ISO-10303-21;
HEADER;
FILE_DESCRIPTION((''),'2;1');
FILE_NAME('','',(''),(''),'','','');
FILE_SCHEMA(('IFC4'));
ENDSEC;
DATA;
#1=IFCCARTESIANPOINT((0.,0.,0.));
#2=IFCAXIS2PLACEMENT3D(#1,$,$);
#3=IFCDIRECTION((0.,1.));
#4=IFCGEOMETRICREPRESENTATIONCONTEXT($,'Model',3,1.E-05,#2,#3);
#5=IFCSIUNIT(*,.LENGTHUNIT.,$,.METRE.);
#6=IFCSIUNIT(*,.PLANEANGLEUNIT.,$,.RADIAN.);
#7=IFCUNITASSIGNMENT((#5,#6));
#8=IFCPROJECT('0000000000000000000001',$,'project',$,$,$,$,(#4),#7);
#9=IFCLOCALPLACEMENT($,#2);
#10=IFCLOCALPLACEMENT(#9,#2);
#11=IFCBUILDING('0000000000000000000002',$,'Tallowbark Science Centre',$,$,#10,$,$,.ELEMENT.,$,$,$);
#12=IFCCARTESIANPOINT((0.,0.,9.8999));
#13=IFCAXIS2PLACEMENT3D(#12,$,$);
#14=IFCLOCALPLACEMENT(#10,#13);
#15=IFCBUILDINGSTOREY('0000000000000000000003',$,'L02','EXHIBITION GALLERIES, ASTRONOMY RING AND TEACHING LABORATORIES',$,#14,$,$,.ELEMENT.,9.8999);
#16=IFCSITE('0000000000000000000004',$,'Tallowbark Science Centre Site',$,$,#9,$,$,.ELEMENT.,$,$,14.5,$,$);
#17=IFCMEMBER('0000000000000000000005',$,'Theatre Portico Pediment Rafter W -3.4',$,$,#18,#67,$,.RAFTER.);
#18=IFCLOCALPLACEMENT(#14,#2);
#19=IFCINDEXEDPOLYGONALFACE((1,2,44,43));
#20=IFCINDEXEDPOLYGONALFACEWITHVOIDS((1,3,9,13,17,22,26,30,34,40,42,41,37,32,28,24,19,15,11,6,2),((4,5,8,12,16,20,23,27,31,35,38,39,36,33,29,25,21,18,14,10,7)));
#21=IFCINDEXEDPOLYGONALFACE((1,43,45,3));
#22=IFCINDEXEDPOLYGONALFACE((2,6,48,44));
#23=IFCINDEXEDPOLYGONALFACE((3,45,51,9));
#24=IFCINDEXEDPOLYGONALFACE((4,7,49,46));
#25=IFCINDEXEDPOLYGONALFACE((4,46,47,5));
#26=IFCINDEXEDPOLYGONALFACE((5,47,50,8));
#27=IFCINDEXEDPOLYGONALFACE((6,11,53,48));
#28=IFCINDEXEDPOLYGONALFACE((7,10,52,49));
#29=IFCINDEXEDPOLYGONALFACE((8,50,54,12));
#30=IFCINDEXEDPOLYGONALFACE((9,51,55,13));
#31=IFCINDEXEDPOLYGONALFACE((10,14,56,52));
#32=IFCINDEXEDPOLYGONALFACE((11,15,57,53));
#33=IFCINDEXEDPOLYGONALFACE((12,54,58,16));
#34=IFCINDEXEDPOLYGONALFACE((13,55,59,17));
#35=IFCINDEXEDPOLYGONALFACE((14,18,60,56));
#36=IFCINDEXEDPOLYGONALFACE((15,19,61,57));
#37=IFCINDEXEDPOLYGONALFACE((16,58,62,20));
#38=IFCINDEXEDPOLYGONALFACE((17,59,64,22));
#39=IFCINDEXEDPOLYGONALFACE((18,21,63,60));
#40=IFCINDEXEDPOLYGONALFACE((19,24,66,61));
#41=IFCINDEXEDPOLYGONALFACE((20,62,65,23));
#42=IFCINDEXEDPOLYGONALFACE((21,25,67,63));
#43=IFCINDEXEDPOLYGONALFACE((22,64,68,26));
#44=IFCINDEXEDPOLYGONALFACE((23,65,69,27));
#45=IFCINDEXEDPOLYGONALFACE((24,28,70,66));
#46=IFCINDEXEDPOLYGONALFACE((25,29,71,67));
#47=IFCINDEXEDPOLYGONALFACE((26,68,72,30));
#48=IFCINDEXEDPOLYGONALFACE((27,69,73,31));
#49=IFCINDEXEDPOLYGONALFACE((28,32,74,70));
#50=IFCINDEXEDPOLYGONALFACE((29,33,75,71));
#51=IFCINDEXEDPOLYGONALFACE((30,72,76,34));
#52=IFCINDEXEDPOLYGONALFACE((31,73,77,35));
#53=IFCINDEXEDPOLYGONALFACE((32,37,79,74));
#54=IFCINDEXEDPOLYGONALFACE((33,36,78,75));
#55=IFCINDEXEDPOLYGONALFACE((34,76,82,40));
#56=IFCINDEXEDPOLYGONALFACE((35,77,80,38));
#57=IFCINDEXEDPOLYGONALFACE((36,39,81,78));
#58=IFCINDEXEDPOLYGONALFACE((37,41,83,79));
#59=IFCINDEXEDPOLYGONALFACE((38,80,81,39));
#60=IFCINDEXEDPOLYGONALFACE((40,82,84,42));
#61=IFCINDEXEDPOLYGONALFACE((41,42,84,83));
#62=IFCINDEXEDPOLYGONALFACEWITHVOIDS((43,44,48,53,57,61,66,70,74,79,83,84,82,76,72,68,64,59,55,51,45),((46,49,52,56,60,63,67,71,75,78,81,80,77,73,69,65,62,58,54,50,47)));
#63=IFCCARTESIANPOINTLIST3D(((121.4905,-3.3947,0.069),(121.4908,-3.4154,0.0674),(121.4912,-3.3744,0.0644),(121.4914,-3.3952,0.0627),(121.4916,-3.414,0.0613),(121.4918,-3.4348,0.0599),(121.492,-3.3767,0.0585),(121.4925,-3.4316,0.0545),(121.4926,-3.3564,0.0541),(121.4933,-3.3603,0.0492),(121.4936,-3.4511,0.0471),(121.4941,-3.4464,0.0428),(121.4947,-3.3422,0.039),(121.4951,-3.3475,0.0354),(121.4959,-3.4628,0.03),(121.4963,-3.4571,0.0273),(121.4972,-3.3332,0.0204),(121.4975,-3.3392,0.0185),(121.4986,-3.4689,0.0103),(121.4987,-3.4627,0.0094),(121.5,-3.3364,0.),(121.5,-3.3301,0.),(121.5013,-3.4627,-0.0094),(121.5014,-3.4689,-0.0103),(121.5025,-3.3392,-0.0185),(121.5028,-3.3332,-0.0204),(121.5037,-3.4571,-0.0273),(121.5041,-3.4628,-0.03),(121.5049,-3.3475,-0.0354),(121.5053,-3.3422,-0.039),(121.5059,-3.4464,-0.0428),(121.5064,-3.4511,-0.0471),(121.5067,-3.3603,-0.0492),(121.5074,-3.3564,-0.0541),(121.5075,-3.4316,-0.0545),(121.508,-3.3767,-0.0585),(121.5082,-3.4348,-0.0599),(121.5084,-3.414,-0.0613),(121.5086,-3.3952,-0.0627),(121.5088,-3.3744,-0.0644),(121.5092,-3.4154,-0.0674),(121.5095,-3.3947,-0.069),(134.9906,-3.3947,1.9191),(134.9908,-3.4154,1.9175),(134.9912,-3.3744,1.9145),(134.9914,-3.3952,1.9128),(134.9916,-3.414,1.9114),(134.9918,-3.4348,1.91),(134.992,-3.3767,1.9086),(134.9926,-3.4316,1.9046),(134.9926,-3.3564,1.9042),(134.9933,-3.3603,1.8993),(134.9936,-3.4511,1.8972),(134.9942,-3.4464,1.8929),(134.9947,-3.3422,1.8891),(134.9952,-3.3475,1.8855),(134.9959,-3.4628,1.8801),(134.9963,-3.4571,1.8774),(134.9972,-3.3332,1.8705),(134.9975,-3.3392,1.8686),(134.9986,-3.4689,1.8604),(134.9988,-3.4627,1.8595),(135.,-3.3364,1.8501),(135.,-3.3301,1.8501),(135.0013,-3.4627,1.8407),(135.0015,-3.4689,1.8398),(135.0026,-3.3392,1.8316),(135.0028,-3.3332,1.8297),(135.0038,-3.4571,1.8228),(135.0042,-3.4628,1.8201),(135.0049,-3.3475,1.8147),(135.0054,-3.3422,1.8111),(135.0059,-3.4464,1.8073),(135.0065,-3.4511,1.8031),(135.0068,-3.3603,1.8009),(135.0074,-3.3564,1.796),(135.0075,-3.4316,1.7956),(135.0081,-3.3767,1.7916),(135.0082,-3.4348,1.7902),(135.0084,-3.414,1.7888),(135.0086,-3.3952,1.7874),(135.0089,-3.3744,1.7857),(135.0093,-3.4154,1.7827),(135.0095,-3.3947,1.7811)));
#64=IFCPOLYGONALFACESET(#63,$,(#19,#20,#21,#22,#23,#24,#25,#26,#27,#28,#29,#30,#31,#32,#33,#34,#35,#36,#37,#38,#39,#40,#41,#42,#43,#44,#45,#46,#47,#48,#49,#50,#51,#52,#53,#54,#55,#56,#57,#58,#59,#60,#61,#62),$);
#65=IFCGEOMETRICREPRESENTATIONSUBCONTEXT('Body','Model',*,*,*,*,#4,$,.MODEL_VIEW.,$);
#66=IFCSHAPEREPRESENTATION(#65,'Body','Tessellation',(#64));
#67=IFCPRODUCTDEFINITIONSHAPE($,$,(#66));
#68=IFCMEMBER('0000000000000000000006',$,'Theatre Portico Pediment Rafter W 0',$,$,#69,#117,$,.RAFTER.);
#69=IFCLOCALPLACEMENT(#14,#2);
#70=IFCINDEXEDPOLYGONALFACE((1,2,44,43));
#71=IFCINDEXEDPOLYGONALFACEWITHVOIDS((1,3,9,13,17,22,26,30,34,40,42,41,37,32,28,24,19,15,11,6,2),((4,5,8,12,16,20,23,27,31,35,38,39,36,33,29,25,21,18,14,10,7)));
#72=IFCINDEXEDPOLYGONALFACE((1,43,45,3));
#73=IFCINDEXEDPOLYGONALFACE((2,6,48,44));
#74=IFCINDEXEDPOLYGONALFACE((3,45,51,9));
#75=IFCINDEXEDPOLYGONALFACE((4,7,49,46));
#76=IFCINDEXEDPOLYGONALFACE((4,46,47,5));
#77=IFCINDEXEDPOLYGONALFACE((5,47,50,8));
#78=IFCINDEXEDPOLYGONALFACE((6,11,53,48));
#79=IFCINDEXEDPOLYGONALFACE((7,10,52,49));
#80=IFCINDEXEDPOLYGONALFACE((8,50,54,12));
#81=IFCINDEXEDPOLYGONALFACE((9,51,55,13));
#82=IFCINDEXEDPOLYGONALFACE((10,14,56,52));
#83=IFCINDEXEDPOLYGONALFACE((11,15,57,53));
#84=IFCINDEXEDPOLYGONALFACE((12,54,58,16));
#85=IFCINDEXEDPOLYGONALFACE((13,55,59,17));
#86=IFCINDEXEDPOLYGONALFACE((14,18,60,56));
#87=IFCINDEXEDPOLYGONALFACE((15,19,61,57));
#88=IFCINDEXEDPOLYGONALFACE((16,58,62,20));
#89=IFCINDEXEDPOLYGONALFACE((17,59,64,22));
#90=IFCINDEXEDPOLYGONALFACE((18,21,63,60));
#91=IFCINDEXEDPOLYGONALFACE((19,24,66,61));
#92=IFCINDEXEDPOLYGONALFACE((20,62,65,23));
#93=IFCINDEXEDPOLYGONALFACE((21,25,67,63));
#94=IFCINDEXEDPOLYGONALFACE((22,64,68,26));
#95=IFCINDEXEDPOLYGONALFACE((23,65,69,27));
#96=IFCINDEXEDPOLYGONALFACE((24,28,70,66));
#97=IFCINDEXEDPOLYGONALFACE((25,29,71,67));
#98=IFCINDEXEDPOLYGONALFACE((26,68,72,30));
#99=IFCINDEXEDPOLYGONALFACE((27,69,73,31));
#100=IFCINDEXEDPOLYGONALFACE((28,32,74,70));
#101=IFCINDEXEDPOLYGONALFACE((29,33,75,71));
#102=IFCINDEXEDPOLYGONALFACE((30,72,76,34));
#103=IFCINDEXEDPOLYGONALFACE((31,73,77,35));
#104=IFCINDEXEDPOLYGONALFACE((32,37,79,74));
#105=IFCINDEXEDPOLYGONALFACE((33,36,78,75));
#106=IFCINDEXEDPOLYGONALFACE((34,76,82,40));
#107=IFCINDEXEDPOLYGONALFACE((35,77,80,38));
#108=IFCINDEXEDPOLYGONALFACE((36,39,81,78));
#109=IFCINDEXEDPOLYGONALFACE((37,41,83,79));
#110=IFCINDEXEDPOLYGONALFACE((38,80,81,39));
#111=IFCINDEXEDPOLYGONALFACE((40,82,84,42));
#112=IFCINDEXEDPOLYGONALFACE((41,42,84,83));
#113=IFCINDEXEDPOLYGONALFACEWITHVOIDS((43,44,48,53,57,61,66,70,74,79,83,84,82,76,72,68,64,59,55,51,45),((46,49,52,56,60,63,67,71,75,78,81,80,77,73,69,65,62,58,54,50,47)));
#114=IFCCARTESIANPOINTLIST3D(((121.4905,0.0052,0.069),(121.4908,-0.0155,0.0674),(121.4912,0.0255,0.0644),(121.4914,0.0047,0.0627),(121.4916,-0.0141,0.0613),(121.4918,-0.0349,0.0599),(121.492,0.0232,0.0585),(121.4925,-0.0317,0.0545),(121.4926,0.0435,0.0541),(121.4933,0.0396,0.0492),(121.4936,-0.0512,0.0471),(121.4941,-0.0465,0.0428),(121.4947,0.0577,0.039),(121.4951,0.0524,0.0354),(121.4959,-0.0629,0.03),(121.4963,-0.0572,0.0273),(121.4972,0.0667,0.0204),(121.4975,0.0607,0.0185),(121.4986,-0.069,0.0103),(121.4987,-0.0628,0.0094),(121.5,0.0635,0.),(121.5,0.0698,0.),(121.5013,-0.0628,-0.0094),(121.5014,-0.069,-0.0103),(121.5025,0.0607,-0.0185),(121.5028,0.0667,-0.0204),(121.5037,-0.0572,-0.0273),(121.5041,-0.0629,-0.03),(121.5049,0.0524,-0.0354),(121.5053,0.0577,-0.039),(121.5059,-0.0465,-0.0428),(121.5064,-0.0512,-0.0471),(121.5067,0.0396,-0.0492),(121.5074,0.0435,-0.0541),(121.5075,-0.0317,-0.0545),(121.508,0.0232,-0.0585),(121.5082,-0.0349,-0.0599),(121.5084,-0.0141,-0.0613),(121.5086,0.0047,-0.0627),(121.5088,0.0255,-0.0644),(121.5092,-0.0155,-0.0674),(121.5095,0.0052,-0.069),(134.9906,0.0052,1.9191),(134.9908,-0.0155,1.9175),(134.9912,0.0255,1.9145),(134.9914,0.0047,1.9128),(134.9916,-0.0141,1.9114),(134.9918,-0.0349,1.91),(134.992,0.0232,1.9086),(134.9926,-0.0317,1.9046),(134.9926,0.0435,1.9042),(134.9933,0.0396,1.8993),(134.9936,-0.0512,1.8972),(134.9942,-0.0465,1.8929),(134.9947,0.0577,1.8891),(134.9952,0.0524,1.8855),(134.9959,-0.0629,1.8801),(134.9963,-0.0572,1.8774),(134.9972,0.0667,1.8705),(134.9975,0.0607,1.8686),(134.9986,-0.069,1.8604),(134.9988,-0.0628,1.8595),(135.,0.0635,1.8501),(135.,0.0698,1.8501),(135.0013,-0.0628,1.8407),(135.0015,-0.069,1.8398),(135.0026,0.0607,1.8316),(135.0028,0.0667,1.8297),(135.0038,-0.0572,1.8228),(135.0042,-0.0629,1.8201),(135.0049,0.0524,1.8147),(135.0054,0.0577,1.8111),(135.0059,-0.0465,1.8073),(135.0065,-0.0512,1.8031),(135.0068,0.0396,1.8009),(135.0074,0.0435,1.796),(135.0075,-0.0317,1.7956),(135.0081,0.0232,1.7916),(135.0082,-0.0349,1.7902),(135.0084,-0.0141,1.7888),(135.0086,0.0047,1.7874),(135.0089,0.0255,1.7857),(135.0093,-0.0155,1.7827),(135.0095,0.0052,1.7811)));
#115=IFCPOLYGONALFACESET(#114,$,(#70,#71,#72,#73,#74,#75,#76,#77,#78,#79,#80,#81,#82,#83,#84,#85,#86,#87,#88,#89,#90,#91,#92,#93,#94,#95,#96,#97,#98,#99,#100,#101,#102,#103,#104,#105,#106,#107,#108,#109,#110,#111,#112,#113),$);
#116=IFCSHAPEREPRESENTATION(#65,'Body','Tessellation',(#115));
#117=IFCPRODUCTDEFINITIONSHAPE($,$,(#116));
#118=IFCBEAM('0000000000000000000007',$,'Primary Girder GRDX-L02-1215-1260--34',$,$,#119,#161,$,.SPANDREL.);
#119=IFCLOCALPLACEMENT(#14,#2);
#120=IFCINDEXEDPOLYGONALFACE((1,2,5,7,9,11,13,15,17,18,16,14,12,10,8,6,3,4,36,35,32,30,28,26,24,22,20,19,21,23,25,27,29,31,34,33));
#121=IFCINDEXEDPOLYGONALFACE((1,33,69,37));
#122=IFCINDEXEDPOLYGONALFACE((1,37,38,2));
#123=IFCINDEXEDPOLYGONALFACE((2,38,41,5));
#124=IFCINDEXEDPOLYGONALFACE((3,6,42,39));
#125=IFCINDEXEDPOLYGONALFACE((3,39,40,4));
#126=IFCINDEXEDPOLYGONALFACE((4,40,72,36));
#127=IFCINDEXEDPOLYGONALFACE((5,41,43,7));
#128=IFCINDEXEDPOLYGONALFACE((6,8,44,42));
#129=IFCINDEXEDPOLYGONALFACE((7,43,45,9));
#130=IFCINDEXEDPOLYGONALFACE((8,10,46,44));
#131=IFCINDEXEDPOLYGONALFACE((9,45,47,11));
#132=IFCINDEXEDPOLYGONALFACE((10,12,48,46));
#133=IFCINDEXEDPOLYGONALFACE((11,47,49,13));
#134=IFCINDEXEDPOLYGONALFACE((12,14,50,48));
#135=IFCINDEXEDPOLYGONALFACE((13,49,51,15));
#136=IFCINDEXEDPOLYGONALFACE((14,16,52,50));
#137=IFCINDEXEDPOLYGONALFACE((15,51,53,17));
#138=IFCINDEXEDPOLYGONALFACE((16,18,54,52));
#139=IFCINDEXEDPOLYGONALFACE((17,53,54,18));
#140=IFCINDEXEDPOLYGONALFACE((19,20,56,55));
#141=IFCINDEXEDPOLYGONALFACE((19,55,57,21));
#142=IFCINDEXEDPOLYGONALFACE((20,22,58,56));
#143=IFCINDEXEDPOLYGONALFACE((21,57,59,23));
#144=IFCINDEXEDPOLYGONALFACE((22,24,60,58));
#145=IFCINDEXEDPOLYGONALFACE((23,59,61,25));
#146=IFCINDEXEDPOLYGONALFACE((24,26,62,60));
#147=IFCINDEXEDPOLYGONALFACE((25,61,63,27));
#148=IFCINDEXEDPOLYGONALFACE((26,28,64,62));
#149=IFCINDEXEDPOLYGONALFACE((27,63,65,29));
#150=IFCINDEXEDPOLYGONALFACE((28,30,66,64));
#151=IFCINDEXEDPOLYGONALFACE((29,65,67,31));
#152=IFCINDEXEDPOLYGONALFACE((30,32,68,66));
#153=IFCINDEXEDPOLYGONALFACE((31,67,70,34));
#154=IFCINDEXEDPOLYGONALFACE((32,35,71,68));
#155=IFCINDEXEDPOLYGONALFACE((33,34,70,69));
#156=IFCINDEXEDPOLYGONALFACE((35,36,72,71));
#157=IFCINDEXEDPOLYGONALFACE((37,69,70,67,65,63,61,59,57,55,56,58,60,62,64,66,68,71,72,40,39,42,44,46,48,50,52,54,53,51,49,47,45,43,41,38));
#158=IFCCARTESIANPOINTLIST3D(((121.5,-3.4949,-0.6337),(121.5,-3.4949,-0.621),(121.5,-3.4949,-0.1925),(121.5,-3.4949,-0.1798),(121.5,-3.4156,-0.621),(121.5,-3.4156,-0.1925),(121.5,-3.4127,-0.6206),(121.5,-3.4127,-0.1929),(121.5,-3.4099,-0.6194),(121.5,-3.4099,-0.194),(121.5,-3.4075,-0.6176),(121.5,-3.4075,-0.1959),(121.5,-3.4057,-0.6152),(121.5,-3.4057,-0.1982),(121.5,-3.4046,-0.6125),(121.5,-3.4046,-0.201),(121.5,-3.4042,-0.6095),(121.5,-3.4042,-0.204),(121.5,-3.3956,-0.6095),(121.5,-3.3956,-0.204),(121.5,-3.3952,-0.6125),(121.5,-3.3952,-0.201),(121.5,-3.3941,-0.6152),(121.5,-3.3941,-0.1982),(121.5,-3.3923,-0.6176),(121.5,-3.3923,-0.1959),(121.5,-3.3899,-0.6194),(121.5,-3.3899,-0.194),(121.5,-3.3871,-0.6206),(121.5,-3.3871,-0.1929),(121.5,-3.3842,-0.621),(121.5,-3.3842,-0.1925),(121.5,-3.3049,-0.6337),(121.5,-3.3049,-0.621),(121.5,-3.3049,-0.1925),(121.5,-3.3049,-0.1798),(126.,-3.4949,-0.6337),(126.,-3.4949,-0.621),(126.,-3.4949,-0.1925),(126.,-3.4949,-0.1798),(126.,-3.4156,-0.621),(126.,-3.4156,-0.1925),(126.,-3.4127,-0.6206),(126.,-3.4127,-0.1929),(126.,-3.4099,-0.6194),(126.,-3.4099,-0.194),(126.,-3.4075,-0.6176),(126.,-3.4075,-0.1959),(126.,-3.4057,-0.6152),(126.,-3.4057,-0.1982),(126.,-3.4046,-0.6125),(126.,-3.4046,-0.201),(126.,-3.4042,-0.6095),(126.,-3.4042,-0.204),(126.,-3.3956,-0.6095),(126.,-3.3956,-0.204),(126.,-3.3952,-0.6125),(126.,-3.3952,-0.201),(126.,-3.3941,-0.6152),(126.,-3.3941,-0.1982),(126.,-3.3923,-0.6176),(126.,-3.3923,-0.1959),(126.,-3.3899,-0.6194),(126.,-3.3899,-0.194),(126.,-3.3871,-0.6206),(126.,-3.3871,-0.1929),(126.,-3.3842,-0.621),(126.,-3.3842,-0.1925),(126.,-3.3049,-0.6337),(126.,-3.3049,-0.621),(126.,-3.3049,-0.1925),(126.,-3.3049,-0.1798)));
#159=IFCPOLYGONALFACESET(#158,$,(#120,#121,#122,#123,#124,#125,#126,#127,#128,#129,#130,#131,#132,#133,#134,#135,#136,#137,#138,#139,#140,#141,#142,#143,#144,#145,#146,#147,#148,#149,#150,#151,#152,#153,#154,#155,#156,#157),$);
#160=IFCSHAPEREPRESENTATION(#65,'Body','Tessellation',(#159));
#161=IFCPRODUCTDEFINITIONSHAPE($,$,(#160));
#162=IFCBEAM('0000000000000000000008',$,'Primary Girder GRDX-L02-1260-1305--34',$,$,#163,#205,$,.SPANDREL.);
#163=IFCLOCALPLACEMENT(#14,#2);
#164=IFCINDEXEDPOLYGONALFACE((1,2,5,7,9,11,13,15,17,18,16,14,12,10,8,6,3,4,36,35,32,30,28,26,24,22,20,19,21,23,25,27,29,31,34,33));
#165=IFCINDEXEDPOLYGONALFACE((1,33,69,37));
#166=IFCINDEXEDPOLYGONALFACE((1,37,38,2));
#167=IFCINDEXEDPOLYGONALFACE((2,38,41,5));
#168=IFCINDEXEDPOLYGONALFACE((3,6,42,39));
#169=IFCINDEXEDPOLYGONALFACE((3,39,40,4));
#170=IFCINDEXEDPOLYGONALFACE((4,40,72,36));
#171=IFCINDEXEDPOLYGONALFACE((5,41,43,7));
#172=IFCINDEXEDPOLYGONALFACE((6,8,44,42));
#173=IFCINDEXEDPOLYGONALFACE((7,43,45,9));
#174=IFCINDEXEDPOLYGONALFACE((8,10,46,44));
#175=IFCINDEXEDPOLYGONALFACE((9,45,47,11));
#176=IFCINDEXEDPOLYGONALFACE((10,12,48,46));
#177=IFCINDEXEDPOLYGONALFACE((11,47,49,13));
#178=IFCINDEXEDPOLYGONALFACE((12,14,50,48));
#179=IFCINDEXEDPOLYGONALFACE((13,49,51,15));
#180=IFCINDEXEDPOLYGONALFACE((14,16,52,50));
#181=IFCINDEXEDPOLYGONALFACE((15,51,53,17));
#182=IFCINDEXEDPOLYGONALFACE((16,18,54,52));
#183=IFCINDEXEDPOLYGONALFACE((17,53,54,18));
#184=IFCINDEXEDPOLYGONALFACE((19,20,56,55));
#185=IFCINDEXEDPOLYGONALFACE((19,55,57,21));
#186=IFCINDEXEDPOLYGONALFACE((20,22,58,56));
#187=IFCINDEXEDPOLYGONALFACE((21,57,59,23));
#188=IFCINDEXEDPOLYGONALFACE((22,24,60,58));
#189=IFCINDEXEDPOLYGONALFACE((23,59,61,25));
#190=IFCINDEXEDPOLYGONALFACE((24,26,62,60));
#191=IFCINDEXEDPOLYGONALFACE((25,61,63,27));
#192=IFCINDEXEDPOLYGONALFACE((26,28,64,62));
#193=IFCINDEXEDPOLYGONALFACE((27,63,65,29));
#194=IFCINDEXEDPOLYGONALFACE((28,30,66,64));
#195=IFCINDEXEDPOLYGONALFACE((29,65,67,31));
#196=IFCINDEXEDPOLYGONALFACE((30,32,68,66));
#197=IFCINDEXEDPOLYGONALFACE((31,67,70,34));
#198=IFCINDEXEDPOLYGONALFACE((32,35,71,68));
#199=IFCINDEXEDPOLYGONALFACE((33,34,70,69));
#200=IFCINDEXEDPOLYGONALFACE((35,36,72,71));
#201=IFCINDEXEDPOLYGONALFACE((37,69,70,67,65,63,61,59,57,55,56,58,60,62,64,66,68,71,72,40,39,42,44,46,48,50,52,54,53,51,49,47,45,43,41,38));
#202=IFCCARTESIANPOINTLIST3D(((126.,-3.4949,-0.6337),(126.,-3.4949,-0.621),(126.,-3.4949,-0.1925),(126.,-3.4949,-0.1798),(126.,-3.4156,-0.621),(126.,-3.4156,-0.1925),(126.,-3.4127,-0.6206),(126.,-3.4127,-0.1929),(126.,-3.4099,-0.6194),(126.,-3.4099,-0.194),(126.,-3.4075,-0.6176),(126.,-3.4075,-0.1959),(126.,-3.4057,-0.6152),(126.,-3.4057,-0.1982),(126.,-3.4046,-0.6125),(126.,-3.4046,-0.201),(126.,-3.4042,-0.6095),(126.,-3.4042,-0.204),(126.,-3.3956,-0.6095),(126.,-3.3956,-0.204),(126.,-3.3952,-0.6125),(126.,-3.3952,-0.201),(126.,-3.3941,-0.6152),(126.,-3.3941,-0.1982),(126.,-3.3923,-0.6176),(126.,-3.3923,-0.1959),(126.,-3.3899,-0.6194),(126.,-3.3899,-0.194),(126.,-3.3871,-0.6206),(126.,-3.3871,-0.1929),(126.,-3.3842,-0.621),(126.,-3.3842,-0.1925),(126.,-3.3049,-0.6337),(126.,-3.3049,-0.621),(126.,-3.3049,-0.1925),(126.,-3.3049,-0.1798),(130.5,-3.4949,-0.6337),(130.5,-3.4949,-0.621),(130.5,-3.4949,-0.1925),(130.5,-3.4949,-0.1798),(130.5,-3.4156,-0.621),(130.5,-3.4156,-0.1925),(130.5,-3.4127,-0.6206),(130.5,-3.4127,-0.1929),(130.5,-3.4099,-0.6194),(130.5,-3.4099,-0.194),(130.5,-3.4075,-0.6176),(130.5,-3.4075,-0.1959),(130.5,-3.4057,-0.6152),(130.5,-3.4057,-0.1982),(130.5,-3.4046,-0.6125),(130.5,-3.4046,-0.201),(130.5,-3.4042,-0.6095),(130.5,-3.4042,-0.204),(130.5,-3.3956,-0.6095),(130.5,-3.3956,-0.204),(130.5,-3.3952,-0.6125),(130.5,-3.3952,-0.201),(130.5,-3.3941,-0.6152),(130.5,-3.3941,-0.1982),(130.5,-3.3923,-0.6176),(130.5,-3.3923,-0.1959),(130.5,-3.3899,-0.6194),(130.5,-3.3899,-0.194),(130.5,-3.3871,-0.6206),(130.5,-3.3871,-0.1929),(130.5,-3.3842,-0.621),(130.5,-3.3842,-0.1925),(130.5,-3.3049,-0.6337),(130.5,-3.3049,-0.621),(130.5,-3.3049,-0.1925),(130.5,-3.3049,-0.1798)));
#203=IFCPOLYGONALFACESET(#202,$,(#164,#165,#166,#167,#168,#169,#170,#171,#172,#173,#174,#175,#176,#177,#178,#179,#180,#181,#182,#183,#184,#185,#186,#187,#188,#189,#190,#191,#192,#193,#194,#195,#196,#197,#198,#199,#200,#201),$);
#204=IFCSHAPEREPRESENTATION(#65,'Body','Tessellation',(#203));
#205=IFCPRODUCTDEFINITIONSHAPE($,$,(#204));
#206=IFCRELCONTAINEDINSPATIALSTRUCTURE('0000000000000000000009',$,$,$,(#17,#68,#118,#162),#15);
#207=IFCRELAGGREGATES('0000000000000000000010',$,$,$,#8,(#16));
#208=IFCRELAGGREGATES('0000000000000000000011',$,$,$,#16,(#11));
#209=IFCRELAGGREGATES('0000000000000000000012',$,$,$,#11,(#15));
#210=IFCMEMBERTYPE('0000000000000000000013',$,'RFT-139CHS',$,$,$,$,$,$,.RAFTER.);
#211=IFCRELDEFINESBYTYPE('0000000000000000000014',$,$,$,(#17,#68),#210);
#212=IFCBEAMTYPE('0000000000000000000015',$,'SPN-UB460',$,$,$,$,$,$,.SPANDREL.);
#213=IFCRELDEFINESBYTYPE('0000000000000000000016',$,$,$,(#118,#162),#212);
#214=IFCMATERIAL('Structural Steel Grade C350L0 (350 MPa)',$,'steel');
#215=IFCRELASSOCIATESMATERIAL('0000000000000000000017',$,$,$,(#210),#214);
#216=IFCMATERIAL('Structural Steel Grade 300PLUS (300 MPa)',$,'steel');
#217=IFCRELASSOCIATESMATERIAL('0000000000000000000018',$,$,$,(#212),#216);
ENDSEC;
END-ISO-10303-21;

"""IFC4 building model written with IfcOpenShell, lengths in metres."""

from ifc_helpers import new_model, si_unit, direction, frame, origin, origin_2d, place, context, subcontext, project, spatial, hollow_circle, i_section, extrude, material, material_profile, profile_set, type_object, element, save


model = new_model("IFC4")

# Units and contexts
model_context = context("Model", 3, precision=1e-05, world=origin(), true_north=direction((0.0, 1.0)))
body_context = subcontext(model_context, "Body", "Model", "MODEL_VIEW")
ifc_project = project(units=[si_unit("LENGTHUNIT", "METRE"), si_unit("PLANEANGLEUNIT", "RADIAN")], contexts=[model_context])

# Site, building, storey
site_placement = place(None, origin())
site = spatial("IfcSite", under=ifc_project, at=site_placement, Name="Tallowbark Science Centre Site", CompositionType="ELEMENT", RefElevation=14.5)
building_placement = place(site_placement, origin())
building = spatial("IfcBuilding", under=site, at=building_placement, Name="Tallowbark Science Centre", CompositionType="ELEMENT")
storey_placement = place(building_placement, frame((0.0, 0.0, 9.8999)))
storey = spatial("IfcBuildingStorey", under=building, at=storey_placement, Name="L02", Description="EXHIBITION GALLERIES, ASTRONOMY RING AND TEACHING LABORATORIES", CompositionType="ELEMENT", Elevation=9.8999)

# Shared definitions
ifc_material_1 = material(Name="Structural Steel Grade 300PLUS (300 MPa)", Category="steel")

# Members
ifc_material_2 = material(Name="Structural Steel Grade C350L0 (350 MPa)", Category="steel")
ifc_material_profile_1 = material_profile(ifc_material_2, hollow_circle(Radius=0.0698, WallThickness=0.0063, at=origin_2d()), Name="139.7x6.3CHS")
ifc_profile_set_1 = profile_set([ifc_material_profile_1], Name="Structural Steel Grade C350L0 (350 MPa)")
member_type_1 = type_object("IfcMemberType", Name="RFT-139CHS", PredefinedType="RAFTER", material=ifc_profile_set_1)
for number, where, z_axis, x_axis, name in (
    (1, (121.5, -3.3999, 0.0), (0.99074, 0.0, 0.135775), (0.0, 1.0, 0.0), "Theatre Portico Pediment Rafter W -3.4"),
    (2, (121.5, 0.0, 0.0), (0.99074, 0.0, 0.135775), (0.0, 1.0, 0.0), "Theatre Portico Pediment Rafter W 0"),
):
    element("IfcMember", number, at=place(storey_placement, frame(where, z_axis=z_axis, x_axis=x_axis)), inside=storey, type_object=member_type_1, Name=name, PredefinedType="RAFTER", context=body_context, shape_type="SweptSolid", body=[
        extrude(hollow_circle(Radius=0.0698, WallThickness=0.0063, at=origin_2d()), origin(), (0.0, 0.0, 1.0), 13.6262),
    ])

# Beams
ifc_material_profile_2 = material_profile(ifc_material_1, i_section(OverallWidth=0.1899, OverallDepth=0.4539, WebThickness=0.0085, FlangeThickness=0.0127, FilletRadius=0.0115, at=origin_2d()), Name="460UB67.1")
ifc_profile_set_2 = profile_set([ifc_material_profile_2], Name="Structural Steel Grade 300PLUS (300 MPa)")
beam_type_1 = type_object("IfcBeamType", Name="SPN-UB460", PredefinedType="SPANDREL", material=ifc_profile_set_2)
for number, where, z_axis, x_axis, name in (
    (3, (121.5, -3.3999, -0.4067), (1.0, 0.0, 0.0), (0.0, 1.0, 0.0), "Primary Girder GRDX-L02-1215-1260--34"),
    (4, (126.0, -3.3999, -0.4067), (1.0, 0.0, 0.0), (0.0, 1.0, 0.0), "Primary Girder GRDX-L02-1260-1305--34"),
):
    element("IfcBeam", number, at=place(storey_placement, frame(where, z_axis=z_axis, x_axis=x_axis)), inside=storey, type_object=beam_type_1, Name=name, PredefinedType="SPANDREL", context=body_context, shape_type="SweptSolid", body=[
        extrude(i_section(OverallWidth=0.1899, OverallDepth=0.4539, WebThickness=0.0085, FlangeThickness=0.0127, FilletRadius=0.0115, at=origin_2d()), origin(), (0.0, 0.0, 1.0), 4.5),
    ])

save(model, "model.ifc")
